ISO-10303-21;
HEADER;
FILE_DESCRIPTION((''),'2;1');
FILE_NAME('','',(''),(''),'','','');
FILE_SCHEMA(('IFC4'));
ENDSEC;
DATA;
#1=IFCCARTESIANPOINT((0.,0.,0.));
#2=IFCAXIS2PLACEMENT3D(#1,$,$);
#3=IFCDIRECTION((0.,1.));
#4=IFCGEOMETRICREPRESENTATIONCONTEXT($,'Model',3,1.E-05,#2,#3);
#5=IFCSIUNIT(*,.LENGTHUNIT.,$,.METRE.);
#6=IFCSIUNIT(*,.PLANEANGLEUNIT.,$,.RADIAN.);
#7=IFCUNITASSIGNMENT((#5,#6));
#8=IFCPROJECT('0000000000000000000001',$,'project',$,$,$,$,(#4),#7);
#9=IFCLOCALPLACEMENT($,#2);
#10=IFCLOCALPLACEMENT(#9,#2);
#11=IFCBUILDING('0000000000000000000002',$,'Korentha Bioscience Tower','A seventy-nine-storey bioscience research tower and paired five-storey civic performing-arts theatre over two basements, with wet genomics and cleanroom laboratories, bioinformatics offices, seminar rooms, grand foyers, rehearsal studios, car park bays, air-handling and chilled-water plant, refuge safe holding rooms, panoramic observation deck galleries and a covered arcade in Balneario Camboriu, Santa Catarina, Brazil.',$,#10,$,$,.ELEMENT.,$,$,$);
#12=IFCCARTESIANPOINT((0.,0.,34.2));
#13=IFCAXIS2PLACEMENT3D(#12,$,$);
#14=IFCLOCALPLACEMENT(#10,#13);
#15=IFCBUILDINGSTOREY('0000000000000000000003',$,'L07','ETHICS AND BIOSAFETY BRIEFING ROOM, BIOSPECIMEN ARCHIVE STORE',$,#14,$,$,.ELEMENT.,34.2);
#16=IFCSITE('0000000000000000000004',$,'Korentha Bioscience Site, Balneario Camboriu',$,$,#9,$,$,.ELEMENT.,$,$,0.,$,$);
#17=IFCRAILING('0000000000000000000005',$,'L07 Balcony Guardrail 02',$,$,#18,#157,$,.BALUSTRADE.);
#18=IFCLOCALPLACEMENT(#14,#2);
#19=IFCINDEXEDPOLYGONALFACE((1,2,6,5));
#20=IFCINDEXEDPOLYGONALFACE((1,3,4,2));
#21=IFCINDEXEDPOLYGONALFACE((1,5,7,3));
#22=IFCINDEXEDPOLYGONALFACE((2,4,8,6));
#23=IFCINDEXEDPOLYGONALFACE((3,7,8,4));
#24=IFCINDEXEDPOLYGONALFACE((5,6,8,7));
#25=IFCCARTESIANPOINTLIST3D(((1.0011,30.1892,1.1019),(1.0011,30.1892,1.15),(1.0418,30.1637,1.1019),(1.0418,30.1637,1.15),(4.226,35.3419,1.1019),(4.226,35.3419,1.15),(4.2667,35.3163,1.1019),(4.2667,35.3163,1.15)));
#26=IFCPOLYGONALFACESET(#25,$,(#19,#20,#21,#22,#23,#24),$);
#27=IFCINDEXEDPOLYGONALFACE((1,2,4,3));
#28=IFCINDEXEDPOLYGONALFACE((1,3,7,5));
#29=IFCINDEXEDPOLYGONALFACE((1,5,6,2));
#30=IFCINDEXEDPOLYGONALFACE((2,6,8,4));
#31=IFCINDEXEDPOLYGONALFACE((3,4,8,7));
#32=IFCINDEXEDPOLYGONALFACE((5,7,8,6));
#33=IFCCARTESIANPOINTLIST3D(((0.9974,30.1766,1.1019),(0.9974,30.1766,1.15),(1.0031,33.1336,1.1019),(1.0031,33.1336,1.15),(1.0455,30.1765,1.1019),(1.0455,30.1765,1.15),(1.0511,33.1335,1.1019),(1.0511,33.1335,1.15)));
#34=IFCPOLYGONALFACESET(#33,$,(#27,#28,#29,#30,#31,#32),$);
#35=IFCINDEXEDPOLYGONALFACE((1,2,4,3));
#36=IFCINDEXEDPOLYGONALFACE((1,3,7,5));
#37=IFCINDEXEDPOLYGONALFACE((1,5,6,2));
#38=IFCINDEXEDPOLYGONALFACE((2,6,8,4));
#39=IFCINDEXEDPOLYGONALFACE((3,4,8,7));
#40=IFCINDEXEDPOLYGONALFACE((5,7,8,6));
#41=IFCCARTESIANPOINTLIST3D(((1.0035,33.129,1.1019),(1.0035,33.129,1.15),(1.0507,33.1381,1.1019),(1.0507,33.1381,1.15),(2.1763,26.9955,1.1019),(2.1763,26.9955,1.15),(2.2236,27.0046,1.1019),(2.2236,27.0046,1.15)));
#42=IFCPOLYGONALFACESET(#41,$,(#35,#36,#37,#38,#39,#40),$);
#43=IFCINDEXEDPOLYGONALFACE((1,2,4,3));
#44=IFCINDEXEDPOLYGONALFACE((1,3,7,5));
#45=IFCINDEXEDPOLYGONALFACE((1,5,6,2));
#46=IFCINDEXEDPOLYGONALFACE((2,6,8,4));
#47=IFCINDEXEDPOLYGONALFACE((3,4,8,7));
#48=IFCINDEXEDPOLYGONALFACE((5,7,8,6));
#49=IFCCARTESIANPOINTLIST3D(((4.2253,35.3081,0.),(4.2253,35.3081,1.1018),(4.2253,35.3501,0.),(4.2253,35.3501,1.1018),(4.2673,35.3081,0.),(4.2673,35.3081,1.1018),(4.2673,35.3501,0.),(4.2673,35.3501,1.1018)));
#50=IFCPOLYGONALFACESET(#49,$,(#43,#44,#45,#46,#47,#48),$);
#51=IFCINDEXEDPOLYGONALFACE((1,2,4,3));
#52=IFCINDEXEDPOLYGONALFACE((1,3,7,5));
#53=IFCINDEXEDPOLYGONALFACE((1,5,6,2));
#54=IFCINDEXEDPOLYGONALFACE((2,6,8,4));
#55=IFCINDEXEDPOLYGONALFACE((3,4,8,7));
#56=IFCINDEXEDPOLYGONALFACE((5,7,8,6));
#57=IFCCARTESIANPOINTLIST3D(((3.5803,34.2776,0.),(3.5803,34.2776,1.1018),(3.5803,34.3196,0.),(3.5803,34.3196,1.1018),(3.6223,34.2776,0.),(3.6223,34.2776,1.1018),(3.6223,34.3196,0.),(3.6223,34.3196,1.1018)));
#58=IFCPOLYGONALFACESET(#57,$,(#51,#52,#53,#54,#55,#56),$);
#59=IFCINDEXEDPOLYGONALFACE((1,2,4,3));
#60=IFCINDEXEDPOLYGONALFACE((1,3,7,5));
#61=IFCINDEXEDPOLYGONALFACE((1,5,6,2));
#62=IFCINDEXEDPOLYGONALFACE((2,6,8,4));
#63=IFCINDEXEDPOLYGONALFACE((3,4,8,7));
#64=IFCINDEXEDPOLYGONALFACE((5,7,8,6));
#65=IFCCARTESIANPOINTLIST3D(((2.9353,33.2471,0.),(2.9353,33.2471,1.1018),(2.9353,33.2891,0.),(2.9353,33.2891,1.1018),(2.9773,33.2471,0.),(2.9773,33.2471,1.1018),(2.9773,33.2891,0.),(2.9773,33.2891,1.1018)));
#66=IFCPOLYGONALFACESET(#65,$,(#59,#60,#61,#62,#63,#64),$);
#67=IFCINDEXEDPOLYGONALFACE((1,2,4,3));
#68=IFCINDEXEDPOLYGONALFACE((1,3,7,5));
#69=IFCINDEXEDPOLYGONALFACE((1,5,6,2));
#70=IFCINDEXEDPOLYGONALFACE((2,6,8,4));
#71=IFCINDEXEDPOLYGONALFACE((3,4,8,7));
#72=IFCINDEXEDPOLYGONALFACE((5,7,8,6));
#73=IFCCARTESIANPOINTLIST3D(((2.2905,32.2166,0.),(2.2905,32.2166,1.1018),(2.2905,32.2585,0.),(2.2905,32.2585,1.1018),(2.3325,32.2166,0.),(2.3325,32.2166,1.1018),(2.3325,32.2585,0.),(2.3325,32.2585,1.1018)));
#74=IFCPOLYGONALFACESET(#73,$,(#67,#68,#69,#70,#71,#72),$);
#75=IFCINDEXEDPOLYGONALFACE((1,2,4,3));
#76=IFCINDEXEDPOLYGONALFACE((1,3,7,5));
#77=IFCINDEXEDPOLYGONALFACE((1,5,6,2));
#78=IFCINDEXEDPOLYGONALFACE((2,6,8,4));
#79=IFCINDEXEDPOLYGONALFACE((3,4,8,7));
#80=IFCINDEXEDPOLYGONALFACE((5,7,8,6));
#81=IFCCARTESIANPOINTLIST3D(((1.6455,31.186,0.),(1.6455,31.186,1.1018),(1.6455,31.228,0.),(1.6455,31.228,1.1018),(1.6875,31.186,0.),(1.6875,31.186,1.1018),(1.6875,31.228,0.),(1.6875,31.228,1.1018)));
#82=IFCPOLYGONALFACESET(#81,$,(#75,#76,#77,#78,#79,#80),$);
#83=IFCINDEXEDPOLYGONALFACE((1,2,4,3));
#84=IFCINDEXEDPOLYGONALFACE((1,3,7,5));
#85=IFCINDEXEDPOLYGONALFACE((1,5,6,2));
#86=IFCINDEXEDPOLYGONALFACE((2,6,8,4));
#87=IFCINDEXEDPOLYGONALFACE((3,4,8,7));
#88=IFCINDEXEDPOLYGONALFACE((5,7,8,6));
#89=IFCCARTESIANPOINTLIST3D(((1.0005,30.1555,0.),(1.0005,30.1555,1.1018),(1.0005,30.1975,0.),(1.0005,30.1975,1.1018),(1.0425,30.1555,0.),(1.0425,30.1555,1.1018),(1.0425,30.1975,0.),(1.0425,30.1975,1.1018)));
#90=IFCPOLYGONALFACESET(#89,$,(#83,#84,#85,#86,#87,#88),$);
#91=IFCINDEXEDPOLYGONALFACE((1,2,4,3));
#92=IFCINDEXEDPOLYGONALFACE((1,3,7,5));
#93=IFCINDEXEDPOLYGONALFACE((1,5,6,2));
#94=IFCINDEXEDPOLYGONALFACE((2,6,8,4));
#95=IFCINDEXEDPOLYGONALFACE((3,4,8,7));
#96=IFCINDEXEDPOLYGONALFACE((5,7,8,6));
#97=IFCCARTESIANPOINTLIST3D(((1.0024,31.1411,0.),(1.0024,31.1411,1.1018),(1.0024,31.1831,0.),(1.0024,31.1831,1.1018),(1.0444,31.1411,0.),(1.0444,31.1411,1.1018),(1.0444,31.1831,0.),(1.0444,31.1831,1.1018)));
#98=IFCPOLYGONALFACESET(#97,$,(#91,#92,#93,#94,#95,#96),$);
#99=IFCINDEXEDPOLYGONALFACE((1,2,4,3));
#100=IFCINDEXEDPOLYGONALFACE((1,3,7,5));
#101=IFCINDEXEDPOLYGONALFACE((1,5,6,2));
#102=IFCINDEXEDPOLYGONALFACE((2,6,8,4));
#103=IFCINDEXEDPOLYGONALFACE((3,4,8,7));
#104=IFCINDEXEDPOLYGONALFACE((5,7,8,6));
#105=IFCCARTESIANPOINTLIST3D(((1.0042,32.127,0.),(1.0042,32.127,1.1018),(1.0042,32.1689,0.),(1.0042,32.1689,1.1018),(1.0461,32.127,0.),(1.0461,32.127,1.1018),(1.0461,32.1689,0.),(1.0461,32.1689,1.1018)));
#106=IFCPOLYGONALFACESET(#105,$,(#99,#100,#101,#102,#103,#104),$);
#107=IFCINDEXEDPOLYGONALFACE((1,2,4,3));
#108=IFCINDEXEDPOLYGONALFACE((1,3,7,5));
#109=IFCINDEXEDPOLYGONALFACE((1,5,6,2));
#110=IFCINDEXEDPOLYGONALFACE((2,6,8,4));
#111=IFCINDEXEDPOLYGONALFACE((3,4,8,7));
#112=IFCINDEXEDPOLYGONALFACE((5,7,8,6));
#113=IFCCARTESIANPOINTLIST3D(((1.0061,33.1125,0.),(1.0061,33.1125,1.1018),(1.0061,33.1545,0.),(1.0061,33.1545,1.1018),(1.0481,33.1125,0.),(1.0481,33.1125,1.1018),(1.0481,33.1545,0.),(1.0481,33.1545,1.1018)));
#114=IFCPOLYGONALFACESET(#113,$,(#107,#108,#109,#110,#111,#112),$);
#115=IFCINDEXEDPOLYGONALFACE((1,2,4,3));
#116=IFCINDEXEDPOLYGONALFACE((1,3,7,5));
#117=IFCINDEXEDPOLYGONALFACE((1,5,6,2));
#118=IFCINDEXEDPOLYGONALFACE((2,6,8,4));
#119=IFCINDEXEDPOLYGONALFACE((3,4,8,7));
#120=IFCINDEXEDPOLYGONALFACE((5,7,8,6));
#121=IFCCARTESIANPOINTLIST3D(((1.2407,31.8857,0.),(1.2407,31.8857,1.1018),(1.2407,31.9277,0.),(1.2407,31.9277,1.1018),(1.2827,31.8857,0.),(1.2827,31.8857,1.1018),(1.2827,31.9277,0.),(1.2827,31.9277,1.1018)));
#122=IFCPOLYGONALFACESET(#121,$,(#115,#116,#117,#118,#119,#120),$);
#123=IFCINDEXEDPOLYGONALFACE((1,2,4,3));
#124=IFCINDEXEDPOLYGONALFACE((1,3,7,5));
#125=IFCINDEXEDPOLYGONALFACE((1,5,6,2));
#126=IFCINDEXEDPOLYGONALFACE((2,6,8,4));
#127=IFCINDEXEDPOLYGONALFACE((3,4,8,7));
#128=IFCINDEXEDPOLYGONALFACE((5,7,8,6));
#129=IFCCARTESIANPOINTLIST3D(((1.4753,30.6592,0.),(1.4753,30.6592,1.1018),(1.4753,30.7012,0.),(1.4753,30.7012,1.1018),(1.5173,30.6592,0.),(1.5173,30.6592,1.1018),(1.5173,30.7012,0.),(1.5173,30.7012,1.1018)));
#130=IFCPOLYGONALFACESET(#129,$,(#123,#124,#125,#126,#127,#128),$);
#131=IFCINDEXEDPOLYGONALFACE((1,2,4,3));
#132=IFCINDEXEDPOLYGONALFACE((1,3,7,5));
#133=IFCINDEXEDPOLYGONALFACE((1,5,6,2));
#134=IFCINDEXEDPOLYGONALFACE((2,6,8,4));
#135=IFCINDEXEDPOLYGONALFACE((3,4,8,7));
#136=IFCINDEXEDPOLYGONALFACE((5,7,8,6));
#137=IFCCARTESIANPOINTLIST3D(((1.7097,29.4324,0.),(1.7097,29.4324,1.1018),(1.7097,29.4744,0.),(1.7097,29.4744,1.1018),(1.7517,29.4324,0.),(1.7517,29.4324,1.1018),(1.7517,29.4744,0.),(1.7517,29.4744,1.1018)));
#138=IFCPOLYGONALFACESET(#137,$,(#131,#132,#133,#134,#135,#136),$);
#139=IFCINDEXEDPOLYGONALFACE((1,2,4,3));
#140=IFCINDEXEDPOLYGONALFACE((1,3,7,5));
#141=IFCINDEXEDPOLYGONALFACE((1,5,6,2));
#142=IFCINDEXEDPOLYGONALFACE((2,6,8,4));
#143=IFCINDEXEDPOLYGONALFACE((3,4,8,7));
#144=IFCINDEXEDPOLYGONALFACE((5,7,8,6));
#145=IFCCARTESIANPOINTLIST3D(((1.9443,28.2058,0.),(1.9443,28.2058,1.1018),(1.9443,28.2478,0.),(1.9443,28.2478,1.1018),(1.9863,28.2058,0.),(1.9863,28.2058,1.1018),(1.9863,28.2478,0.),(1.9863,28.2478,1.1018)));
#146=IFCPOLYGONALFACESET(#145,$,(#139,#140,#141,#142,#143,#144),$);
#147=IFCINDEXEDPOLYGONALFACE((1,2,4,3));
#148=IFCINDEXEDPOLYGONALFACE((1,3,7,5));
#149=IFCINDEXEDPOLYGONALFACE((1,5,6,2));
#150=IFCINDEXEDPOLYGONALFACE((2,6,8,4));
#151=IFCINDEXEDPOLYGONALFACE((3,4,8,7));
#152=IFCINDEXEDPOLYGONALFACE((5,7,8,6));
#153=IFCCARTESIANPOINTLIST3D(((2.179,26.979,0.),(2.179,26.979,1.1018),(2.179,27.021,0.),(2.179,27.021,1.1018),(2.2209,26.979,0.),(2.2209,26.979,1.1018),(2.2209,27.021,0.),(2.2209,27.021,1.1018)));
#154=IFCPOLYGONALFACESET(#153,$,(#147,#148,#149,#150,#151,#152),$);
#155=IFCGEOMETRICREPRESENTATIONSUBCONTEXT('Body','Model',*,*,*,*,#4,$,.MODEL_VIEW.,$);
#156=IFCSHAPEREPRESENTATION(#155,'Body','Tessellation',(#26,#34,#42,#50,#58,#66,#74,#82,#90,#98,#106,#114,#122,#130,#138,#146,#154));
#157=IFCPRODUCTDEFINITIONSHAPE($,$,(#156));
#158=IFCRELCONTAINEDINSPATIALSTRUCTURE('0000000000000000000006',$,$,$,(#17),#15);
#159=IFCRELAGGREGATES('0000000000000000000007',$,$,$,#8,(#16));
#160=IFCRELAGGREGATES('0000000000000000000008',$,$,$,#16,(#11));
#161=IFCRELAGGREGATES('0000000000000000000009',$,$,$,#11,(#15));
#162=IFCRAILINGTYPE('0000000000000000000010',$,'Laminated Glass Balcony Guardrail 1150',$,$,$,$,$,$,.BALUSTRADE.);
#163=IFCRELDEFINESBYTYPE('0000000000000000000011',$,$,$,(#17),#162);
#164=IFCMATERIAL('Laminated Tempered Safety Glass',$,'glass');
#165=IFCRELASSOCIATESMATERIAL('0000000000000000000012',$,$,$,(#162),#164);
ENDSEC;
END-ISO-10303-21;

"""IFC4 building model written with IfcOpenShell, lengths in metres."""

from ifc_helpers import new_model, si_unit, direction, frame, origin, origin_2d, place, context, subcontext, project, spatial, rectangle, extrude, material, type_object, element, save


model = new_model("IFC4")

# Units and contexts
model_context = context("Model", 3, precision=1e-05, world=origin(), true_north=direction((0.0, 1.0)))
body_context = subcontext(model_context, "Body", "Model", "MODEL_VIEW")
ifc_project = project(units=[si_unit("LENGTHUNIT", "METRE"), si_unit("PLANEANGLEUNIT", "RADIAN")], contexts=[model_context])

# Site, building, storey
site_placement = place(None, origin())
site = spatial("IfcSite", under=ifc_project, at=site_placement, Name="Korentha Bioscience Site, Balneario Camboriu", CompositionType="ELEMENT", RefElevation=0.0)
building_placement = place(site_placement, origin())
building = spatial("IfcBuilding", under=site, at=building_placement, Name="Korentha Bioscience Tower", Description="A seventy-nine-storey bioscience research tower and paired five-storey civic performing-arts theatre over two basements, with wet genomics and cleanroom laboratories, bioinformatics offices, seminar rooms, grand foyers, rehearsal studios, car park bays, air-handling and chilled-water plant, refuge safe holding rooms, panoramic observation deck galleries and a covered arcade in Balneario Camboriu, Santa Catarina, Brazil.", CompositionType="ELEMENT")
storey_placement = place(building_placement, frame((0.0, 0.0, 34.2)))
storey = spatial("IfcBuildingStorey", under=building, at=storey_placement, Name="L07", Description="ETHICS AND BIOSAFETY BRIEFING ROOM, BIOSPECIMEN ARCHIVE STORE", CompositionType="ELEMENT", Elevation=34.2)

# Railing
ifc_material_1 = material(Name="Laminated Tempered Safety Glass", Category="glass")
railing_type = type_object("IfcRailingType", Name="Laminated Glass Balcony Guardrail 1150", PredefinedType="BALUSTRADE", material=ifc_material_1)
railing_placement = place(storey_placement, frame((4.2463, 35.3291, 0.0)))
element("IfcRailing", 1, at=railing_placement, inside=storey, type_object=railing_type, Name="L07 Balcony Guardrail 02", PredefinedType="BALUSTRADE", context=body_context, shape_type="SweptSolid", body=[
    extrude(rectangle(XDim=0.0481, YDim=0.0481, at=origin_2d()), frame((0.0, 0.0, 1.126), z_axis=(-0.53053, -0.847666, 0.0), x_axis=(0.847666, -0.53053, 0.0)), (0.0, 0.0, 1.0), 6.0786),
    extrude(rectangle(XDim=0.0481, YDim=0.0481, at=origin_2d()), frame((-3.2249, -5.1526, 1.126), z_axis=(0.001899, 0.999998, 0.0), x_axis=(-0.999998, 0.001899, 0.0)), (0.0, 0.0, 1.0), 2.957),
    extrude(rectangle(XDim=0.0481, YDim=0.0481, at=origin_2d()), frame((-3.2192, -2.1956, 1.126), z_axis=(0.187816, -0.982204, 0.0), x_axis=(0.982204, 0.187816, 0.0)), (0.0, 0.0, 1.0), 6.2446),
    extrude(rectangle(XDim=0.042, YDim=0.042, at=origin_2d()), origin(), (0.0, 0.0, 1.0), 1.1018),
    extrude(rectangle(XDim=0.042, YDim=0.042, at=origin_2d()), frame((-0.645, -1.0305, 0.0)), (0.0, 0.0, 1.0), 1.1018),
    extrude(rectangle(XDim=0.042, YDim=0.042, at=origin_2d()), frame((-1.29, -2.061, 0.0)), (0.0, 0.0, 1.0), 1.1018),
    extrude(rectangle(XDim=0.042, YDim=0.042, at=origin_2d()), frame((-1.9348, -3.0916, 0.0)), (0.0, 0.0, 1.0), 1.1018),
    extrude(rectangle(XDim=0.042, YDim=0.042, at=origin_2d()), frame((-2.5798, -4.1221, 0.0)), (0.0, 0.0, 1.0), 1.1018),
    extrude(rectangle(XDim=0.042, YDim=0.042, at=origin_2d()), frame((-3.2249, -5.1526, 0.0)), (0.0, 0.0, 1.0), 1.1018),
    extrude(rectangle(XDim=0.042, YDim=0.042, at=origin_2d()), frame((-3.2229, -4.167, 0.0)), (0.0, 0.0, 1.0), 1.1018),
    extrude(rectangle(XDim=0.042, YDim=0.042, at=origin_2d()), frame((-3.2212, -3.1812, 0.0)), (0.0, 0.0, 1.0), 1.1018),
    extrude(rectangle(XDim=0.042, YDim=0.042, at=origin_2d()), frame((-3.2192, -2.1956, 0.0)), (0.0, 0.0, 1.0), 1.1018),
    extrude(rectangle(XDim=0.042, YDim=0.042, at=origin_2d()), frame((-2.9846, -3.4224, 0.0)), (0.0, 0.0, 1.0), 1.1018),
    extrude(rectangle(XDim=0.042, YDim=0.042, at=origin_2d()), frame((-2.75, -4.6489, 0.0)), (0.0, 0.0, 1.0), 1.1018),
    extrude(rectangle(XDim=0.042, YDim=0.042, at=origin_2d()), frame((-2.5156, -5.8757, 0.0)), (0.0, 0.0, 1.0), 1.1018),
    extrude(rectangle(XDim=0.042, YDim=0.042, at=origin_2d()), frame((-2.281, -7.1023, 0.0)), (0.0, 0.0, 1.0), 1.1018),
    extrude(rectangle(XDim=0.042, YDim=0.042, at=origin_2d()), frame((-2.0464, -8.3291, 0.0)), (0.0, 0.0, 1.0), 1.1018),
])

save(model, "model.ifc")
